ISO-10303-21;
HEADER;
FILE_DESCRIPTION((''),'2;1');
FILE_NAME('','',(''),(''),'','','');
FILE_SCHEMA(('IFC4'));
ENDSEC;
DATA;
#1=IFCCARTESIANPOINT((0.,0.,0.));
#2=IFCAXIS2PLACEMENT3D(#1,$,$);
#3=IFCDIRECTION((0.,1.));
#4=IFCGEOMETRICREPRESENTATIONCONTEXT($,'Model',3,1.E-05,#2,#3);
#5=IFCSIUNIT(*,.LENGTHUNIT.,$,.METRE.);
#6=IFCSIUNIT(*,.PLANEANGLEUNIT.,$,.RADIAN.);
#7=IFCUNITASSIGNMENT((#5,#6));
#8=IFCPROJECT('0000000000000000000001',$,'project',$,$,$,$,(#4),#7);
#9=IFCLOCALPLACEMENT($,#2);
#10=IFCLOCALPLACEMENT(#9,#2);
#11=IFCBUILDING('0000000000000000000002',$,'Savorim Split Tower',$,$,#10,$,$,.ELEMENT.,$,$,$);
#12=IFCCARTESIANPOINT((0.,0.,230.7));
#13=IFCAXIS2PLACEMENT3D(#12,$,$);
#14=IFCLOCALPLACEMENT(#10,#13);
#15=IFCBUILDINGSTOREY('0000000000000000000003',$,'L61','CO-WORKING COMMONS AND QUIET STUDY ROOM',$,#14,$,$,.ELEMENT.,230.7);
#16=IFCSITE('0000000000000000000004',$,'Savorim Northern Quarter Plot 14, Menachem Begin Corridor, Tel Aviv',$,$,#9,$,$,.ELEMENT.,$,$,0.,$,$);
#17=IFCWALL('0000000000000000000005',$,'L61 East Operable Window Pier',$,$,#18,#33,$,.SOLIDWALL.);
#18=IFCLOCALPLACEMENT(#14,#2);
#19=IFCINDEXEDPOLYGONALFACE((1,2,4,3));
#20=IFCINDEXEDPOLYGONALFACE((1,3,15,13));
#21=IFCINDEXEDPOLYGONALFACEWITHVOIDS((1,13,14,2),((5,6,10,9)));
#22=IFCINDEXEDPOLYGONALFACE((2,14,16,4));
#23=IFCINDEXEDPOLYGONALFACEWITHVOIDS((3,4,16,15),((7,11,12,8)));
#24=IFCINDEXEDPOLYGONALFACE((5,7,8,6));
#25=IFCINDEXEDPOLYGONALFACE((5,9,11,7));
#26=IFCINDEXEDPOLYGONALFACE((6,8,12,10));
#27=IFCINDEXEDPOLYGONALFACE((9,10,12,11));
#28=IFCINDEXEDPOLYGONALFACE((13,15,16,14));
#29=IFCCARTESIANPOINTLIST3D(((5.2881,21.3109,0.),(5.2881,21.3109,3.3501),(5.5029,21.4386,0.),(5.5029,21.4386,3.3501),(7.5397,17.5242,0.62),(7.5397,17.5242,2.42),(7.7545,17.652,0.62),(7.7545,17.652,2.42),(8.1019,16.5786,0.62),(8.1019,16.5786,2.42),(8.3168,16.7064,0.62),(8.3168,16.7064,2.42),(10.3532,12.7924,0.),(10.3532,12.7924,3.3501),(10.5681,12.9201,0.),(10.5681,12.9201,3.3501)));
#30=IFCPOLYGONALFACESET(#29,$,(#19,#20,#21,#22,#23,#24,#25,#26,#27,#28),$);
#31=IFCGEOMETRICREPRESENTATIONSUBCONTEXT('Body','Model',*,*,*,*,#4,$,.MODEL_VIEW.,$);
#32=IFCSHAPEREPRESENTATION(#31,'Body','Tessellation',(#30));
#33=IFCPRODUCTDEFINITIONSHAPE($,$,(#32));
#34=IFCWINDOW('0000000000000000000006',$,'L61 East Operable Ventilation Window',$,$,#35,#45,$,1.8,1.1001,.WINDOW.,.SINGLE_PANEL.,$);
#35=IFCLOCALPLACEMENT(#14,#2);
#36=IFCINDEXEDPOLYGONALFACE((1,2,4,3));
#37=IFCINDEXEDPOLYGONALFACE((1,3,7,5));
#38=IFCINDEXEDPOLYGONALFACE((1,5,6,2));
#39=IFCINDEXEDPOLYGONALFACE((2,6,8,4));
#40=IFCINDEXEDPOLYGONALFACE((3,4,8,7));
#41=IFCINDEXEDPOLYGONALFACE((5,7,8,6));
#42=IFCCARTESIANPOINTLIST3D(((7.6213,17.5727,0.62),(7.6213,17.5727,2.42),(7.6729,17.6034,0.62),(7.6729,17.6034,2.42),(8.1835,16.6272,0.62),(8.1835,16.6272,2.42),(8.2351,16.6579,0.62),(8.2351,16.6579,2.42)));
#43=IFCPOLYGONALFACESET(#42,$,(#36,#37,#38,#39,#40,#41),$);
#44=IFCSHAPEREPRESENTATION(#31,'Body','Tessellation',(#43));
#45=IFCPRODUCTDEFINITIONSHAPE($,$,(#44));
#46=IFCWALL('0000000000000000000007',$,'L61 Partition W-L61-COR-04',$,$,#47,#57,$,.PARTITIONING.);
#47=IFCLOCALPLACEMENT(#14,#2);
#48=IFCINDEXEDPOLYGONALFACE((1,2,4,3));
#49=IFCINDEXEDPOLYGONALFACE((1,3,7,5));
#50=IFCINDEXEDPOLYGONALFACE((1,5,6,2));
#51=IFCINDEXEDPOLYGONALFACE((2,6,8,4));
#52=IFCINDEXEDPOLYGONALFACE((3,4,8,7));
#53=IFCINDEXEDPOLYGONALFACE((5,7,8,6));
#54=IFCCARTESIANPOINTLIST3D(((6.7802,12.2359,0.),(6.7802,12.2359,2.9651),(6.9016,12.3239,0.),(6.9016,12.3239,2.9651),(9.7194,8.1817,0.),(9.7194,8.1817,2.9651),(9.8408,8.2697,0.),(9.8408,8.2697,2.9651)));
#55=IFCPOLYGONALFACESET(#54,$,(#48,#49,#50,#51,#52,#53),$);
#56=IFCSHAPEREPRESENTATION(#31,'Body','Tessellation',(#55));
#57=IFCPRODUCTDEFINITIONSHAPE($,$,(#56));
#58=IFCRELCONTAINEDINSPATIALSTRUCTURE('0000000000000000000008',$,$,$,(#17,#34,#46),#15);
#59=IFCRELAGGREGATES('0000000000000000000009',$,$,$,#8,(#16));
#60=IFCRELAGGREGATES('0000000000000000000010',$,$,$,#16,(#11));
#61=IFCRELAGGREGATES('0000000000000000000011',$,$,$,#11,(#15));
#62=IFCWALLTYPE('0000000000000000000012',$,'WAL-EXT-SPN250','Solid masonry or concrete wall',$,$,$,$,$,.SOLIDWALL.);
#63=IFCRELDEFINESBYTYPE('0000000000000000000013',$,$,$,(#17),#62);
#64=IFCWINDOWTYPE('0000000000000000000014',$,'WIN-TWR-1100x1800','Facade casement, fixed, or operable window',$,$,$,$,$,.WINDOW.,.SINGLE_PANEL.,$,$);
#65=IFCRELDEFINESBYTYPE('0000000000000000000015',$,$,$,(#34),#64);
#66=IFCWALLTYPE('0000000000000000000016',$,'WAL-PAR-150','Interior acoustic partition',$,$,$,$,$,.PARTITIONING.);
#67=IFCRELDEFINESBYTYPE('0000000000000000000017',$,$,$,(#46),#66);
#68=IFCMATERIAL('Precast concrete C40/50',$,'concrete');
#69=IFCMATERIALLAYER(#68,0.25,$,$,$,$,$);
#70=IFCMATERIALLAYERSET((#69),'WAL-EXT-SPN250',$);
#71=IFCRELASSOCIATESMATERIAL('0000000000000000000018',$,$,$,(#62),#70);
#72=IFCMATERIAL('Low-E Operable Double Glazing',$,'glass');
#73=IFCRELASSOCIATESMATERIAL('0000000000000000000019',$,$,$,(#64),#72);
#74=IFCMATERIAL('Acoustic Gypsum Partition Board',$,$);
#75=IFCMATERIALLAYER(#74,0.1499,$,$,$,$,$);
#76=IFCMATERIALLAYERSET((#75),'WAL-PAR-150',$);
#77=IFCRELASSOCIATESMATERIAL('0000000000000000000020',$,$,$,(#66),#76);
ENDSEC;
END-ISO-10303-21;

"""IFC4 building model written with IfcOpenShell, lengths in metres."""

from ifc_helpers import new_model, si_unit, direction, frame, frame_2d, origin, place, context, subcontext, project, spatial, rectangle, extrude, material, layer, layer_set, type_object, element, fill, save


model = new_model("IFC4")

# Units and contexts
model_context = context("Model", 3, precision=1e-05, world=origin(), true_north=direction((0.0, 1.0)))
body_context = subcontext(model_context, "Body", "Model", "MODEL_VIEW")
ifc_project = project(units=[si_unit("LENGTHUNIT", "METRE"), si_unit("PLANEANGLEUNIT", "RADIAN")], contexts=[model_context])

# Site, building, storey
site_placement = place(None, origin())
site = spatial("IfcSite", under=ifc_project, at=site_placement, Name="Savorim Northern Quarter Plot 14, Menachem Begin Corridor, Tel Aviv", CompositionType="ELEMENT", RefElevation=0.0)
building_placement = place(site_placement, origin())
building = spatial("IfcBuilding", under=site, at=building_placement, Name="Savorim Split Tower", CompositionType="ELEMENT")
storey_placement = place(building_placement, frame((0.0, 0.0, 230.7)))
storey = spatial("IfcBuildingStorey", under=building, at=storey_placement, Name="L61", Description="CO-WORKING COMMONS AND QUIET STUDY ROOM", CompositionType="ELEMENT", Elevation=230.7)

# Shared definitions
ifc_material_1 = material(Name="Precast concrete C40/50", Category="concrete")

# Wall, opening, window
ifc_layer_1 = layer(ifc_material_1, 0.25)
ifc_layer_set_1 = layer_set([ifc_layer_1], Name="WAL-EXT-SPN250")
wall_type_1 = type_object("IfcWallType", Name="WAL-EXT-SPN250", Description="Solid masonry or concrete wall", PredefinedType="SOLIDWALL", material=ifc_layer_set_1)
wall_1_placement = place(storey_placement, frame((5.3955, 21.3748, 0.0), z_axis=(0.0, 0.0, 1.0), x_axis=(0.511083, -0.859532, 0.0)))
wall_1 = element("IfcWall", 1, at=wall_1_placement, inside=storey, type_object=wall_type_1, Name="L61 East Operable Window Pier", PredefinedType="SOLIDWALL", context=body_context, shape_type="SweptSolid", body=[
    extrude(rectangle(XDim=9.9106, YDim=0.25, at=frame_2d((4.9553, 0.0))), origin(), (0.0, 0.0, 1.0), 3.3501),
])
opening_1_placement = place(wall_1_placement, frame((4.4055, 0.0, 0.6201)))
opening_1 = element("IfcOpeningElement", 2, at=opening_1_placement, cuts=wall_1, PredefinedType="OPENING", context=body_context, shape_type="SweptSolid", body=[
    extrude(rectangle(XDim=1.1001, YDim=1.8, at=frame_2d((0.55, 0.8999))), frame((0.0, 0.135, 0.0), z_axis=(0.0, -1.0, 0.0), x_axis=(1.0, 0.0, 0.0)), (0.0, 0.0, 1.0), 0.27),
])
ifc_material_2 = material(Name="Low-E Operable Double Glazing", Category="glass")
window_type = type_object("IfcWindowType", Name="WIN-TWR-1100x1800", Description="Facade casement, fixed, or operable window", PartitioningType="SINGLE_PANEL", PredefinedType="WINDOW", material=ifc_material_2)
window_placement = place(opening_1_placement, origin())
window = element("IfcWindow", 3, at=window_placement, inside=storey, type_object=window_type, Name="L61 East Operable Ventilation Window", OverallHeight=1.8, OverallWidth=1.1001, PartitioningType="SINGLE_PANEL", PredefinedType="WINDOW", context=body_context, shape_type="SweptSolid", body=[
    extrude(rectangle(XDim=1.1001, YDim=1.8, at=frame_2d((0.55, 0.8999))), frame((0.0, 0.03, 0.0), z_axis=(0.0, -1.0, 0.0), x_axis=(1.0, 0.0, 0.0)), (0.0, 0.0, 1.0), 0.0601),
])
fill(opening_1, window)

# Wall
ifc_material_3 = material(Name="Acoustic Gypsum Partition Board")
ifc_layer_2 = layer(ifc_material_3, 0.1499)
ifc_layer_set_2 = layer_set([ifc_layer_2], Name="WAL-PAR-150")
wall_type_2 = type_object("IfcWallType", Name="WAL-PAR-150", Description="Interior acoustic partition", PredefinedType="PARTITIONING", material=ifc_layer_set_2)
wall_2_placement = place(storey_placement, frame((6.8408, 12.28, 0.0), z_axis=(0.0, 0.0, 1.0), x_axis=(0.586956, -0.809619, 0.0)))
element("IfcWall", 4, at=wall_2_placement, inside=storey, type_object=wall_type_2, Name="L61 Partition W-L61-COR-04", PredefinedType="PARTITIONING", context=body_context, shape_type="SweptSolid", body=[
    extrude(rectangle(XDim=5.0076, YDim=0.1499, at=frame_2d((2.5039, 0.0))), origin(), (0.0, 0.0, 1.0), 2.9651),
])

save(model, "model.ifc")
